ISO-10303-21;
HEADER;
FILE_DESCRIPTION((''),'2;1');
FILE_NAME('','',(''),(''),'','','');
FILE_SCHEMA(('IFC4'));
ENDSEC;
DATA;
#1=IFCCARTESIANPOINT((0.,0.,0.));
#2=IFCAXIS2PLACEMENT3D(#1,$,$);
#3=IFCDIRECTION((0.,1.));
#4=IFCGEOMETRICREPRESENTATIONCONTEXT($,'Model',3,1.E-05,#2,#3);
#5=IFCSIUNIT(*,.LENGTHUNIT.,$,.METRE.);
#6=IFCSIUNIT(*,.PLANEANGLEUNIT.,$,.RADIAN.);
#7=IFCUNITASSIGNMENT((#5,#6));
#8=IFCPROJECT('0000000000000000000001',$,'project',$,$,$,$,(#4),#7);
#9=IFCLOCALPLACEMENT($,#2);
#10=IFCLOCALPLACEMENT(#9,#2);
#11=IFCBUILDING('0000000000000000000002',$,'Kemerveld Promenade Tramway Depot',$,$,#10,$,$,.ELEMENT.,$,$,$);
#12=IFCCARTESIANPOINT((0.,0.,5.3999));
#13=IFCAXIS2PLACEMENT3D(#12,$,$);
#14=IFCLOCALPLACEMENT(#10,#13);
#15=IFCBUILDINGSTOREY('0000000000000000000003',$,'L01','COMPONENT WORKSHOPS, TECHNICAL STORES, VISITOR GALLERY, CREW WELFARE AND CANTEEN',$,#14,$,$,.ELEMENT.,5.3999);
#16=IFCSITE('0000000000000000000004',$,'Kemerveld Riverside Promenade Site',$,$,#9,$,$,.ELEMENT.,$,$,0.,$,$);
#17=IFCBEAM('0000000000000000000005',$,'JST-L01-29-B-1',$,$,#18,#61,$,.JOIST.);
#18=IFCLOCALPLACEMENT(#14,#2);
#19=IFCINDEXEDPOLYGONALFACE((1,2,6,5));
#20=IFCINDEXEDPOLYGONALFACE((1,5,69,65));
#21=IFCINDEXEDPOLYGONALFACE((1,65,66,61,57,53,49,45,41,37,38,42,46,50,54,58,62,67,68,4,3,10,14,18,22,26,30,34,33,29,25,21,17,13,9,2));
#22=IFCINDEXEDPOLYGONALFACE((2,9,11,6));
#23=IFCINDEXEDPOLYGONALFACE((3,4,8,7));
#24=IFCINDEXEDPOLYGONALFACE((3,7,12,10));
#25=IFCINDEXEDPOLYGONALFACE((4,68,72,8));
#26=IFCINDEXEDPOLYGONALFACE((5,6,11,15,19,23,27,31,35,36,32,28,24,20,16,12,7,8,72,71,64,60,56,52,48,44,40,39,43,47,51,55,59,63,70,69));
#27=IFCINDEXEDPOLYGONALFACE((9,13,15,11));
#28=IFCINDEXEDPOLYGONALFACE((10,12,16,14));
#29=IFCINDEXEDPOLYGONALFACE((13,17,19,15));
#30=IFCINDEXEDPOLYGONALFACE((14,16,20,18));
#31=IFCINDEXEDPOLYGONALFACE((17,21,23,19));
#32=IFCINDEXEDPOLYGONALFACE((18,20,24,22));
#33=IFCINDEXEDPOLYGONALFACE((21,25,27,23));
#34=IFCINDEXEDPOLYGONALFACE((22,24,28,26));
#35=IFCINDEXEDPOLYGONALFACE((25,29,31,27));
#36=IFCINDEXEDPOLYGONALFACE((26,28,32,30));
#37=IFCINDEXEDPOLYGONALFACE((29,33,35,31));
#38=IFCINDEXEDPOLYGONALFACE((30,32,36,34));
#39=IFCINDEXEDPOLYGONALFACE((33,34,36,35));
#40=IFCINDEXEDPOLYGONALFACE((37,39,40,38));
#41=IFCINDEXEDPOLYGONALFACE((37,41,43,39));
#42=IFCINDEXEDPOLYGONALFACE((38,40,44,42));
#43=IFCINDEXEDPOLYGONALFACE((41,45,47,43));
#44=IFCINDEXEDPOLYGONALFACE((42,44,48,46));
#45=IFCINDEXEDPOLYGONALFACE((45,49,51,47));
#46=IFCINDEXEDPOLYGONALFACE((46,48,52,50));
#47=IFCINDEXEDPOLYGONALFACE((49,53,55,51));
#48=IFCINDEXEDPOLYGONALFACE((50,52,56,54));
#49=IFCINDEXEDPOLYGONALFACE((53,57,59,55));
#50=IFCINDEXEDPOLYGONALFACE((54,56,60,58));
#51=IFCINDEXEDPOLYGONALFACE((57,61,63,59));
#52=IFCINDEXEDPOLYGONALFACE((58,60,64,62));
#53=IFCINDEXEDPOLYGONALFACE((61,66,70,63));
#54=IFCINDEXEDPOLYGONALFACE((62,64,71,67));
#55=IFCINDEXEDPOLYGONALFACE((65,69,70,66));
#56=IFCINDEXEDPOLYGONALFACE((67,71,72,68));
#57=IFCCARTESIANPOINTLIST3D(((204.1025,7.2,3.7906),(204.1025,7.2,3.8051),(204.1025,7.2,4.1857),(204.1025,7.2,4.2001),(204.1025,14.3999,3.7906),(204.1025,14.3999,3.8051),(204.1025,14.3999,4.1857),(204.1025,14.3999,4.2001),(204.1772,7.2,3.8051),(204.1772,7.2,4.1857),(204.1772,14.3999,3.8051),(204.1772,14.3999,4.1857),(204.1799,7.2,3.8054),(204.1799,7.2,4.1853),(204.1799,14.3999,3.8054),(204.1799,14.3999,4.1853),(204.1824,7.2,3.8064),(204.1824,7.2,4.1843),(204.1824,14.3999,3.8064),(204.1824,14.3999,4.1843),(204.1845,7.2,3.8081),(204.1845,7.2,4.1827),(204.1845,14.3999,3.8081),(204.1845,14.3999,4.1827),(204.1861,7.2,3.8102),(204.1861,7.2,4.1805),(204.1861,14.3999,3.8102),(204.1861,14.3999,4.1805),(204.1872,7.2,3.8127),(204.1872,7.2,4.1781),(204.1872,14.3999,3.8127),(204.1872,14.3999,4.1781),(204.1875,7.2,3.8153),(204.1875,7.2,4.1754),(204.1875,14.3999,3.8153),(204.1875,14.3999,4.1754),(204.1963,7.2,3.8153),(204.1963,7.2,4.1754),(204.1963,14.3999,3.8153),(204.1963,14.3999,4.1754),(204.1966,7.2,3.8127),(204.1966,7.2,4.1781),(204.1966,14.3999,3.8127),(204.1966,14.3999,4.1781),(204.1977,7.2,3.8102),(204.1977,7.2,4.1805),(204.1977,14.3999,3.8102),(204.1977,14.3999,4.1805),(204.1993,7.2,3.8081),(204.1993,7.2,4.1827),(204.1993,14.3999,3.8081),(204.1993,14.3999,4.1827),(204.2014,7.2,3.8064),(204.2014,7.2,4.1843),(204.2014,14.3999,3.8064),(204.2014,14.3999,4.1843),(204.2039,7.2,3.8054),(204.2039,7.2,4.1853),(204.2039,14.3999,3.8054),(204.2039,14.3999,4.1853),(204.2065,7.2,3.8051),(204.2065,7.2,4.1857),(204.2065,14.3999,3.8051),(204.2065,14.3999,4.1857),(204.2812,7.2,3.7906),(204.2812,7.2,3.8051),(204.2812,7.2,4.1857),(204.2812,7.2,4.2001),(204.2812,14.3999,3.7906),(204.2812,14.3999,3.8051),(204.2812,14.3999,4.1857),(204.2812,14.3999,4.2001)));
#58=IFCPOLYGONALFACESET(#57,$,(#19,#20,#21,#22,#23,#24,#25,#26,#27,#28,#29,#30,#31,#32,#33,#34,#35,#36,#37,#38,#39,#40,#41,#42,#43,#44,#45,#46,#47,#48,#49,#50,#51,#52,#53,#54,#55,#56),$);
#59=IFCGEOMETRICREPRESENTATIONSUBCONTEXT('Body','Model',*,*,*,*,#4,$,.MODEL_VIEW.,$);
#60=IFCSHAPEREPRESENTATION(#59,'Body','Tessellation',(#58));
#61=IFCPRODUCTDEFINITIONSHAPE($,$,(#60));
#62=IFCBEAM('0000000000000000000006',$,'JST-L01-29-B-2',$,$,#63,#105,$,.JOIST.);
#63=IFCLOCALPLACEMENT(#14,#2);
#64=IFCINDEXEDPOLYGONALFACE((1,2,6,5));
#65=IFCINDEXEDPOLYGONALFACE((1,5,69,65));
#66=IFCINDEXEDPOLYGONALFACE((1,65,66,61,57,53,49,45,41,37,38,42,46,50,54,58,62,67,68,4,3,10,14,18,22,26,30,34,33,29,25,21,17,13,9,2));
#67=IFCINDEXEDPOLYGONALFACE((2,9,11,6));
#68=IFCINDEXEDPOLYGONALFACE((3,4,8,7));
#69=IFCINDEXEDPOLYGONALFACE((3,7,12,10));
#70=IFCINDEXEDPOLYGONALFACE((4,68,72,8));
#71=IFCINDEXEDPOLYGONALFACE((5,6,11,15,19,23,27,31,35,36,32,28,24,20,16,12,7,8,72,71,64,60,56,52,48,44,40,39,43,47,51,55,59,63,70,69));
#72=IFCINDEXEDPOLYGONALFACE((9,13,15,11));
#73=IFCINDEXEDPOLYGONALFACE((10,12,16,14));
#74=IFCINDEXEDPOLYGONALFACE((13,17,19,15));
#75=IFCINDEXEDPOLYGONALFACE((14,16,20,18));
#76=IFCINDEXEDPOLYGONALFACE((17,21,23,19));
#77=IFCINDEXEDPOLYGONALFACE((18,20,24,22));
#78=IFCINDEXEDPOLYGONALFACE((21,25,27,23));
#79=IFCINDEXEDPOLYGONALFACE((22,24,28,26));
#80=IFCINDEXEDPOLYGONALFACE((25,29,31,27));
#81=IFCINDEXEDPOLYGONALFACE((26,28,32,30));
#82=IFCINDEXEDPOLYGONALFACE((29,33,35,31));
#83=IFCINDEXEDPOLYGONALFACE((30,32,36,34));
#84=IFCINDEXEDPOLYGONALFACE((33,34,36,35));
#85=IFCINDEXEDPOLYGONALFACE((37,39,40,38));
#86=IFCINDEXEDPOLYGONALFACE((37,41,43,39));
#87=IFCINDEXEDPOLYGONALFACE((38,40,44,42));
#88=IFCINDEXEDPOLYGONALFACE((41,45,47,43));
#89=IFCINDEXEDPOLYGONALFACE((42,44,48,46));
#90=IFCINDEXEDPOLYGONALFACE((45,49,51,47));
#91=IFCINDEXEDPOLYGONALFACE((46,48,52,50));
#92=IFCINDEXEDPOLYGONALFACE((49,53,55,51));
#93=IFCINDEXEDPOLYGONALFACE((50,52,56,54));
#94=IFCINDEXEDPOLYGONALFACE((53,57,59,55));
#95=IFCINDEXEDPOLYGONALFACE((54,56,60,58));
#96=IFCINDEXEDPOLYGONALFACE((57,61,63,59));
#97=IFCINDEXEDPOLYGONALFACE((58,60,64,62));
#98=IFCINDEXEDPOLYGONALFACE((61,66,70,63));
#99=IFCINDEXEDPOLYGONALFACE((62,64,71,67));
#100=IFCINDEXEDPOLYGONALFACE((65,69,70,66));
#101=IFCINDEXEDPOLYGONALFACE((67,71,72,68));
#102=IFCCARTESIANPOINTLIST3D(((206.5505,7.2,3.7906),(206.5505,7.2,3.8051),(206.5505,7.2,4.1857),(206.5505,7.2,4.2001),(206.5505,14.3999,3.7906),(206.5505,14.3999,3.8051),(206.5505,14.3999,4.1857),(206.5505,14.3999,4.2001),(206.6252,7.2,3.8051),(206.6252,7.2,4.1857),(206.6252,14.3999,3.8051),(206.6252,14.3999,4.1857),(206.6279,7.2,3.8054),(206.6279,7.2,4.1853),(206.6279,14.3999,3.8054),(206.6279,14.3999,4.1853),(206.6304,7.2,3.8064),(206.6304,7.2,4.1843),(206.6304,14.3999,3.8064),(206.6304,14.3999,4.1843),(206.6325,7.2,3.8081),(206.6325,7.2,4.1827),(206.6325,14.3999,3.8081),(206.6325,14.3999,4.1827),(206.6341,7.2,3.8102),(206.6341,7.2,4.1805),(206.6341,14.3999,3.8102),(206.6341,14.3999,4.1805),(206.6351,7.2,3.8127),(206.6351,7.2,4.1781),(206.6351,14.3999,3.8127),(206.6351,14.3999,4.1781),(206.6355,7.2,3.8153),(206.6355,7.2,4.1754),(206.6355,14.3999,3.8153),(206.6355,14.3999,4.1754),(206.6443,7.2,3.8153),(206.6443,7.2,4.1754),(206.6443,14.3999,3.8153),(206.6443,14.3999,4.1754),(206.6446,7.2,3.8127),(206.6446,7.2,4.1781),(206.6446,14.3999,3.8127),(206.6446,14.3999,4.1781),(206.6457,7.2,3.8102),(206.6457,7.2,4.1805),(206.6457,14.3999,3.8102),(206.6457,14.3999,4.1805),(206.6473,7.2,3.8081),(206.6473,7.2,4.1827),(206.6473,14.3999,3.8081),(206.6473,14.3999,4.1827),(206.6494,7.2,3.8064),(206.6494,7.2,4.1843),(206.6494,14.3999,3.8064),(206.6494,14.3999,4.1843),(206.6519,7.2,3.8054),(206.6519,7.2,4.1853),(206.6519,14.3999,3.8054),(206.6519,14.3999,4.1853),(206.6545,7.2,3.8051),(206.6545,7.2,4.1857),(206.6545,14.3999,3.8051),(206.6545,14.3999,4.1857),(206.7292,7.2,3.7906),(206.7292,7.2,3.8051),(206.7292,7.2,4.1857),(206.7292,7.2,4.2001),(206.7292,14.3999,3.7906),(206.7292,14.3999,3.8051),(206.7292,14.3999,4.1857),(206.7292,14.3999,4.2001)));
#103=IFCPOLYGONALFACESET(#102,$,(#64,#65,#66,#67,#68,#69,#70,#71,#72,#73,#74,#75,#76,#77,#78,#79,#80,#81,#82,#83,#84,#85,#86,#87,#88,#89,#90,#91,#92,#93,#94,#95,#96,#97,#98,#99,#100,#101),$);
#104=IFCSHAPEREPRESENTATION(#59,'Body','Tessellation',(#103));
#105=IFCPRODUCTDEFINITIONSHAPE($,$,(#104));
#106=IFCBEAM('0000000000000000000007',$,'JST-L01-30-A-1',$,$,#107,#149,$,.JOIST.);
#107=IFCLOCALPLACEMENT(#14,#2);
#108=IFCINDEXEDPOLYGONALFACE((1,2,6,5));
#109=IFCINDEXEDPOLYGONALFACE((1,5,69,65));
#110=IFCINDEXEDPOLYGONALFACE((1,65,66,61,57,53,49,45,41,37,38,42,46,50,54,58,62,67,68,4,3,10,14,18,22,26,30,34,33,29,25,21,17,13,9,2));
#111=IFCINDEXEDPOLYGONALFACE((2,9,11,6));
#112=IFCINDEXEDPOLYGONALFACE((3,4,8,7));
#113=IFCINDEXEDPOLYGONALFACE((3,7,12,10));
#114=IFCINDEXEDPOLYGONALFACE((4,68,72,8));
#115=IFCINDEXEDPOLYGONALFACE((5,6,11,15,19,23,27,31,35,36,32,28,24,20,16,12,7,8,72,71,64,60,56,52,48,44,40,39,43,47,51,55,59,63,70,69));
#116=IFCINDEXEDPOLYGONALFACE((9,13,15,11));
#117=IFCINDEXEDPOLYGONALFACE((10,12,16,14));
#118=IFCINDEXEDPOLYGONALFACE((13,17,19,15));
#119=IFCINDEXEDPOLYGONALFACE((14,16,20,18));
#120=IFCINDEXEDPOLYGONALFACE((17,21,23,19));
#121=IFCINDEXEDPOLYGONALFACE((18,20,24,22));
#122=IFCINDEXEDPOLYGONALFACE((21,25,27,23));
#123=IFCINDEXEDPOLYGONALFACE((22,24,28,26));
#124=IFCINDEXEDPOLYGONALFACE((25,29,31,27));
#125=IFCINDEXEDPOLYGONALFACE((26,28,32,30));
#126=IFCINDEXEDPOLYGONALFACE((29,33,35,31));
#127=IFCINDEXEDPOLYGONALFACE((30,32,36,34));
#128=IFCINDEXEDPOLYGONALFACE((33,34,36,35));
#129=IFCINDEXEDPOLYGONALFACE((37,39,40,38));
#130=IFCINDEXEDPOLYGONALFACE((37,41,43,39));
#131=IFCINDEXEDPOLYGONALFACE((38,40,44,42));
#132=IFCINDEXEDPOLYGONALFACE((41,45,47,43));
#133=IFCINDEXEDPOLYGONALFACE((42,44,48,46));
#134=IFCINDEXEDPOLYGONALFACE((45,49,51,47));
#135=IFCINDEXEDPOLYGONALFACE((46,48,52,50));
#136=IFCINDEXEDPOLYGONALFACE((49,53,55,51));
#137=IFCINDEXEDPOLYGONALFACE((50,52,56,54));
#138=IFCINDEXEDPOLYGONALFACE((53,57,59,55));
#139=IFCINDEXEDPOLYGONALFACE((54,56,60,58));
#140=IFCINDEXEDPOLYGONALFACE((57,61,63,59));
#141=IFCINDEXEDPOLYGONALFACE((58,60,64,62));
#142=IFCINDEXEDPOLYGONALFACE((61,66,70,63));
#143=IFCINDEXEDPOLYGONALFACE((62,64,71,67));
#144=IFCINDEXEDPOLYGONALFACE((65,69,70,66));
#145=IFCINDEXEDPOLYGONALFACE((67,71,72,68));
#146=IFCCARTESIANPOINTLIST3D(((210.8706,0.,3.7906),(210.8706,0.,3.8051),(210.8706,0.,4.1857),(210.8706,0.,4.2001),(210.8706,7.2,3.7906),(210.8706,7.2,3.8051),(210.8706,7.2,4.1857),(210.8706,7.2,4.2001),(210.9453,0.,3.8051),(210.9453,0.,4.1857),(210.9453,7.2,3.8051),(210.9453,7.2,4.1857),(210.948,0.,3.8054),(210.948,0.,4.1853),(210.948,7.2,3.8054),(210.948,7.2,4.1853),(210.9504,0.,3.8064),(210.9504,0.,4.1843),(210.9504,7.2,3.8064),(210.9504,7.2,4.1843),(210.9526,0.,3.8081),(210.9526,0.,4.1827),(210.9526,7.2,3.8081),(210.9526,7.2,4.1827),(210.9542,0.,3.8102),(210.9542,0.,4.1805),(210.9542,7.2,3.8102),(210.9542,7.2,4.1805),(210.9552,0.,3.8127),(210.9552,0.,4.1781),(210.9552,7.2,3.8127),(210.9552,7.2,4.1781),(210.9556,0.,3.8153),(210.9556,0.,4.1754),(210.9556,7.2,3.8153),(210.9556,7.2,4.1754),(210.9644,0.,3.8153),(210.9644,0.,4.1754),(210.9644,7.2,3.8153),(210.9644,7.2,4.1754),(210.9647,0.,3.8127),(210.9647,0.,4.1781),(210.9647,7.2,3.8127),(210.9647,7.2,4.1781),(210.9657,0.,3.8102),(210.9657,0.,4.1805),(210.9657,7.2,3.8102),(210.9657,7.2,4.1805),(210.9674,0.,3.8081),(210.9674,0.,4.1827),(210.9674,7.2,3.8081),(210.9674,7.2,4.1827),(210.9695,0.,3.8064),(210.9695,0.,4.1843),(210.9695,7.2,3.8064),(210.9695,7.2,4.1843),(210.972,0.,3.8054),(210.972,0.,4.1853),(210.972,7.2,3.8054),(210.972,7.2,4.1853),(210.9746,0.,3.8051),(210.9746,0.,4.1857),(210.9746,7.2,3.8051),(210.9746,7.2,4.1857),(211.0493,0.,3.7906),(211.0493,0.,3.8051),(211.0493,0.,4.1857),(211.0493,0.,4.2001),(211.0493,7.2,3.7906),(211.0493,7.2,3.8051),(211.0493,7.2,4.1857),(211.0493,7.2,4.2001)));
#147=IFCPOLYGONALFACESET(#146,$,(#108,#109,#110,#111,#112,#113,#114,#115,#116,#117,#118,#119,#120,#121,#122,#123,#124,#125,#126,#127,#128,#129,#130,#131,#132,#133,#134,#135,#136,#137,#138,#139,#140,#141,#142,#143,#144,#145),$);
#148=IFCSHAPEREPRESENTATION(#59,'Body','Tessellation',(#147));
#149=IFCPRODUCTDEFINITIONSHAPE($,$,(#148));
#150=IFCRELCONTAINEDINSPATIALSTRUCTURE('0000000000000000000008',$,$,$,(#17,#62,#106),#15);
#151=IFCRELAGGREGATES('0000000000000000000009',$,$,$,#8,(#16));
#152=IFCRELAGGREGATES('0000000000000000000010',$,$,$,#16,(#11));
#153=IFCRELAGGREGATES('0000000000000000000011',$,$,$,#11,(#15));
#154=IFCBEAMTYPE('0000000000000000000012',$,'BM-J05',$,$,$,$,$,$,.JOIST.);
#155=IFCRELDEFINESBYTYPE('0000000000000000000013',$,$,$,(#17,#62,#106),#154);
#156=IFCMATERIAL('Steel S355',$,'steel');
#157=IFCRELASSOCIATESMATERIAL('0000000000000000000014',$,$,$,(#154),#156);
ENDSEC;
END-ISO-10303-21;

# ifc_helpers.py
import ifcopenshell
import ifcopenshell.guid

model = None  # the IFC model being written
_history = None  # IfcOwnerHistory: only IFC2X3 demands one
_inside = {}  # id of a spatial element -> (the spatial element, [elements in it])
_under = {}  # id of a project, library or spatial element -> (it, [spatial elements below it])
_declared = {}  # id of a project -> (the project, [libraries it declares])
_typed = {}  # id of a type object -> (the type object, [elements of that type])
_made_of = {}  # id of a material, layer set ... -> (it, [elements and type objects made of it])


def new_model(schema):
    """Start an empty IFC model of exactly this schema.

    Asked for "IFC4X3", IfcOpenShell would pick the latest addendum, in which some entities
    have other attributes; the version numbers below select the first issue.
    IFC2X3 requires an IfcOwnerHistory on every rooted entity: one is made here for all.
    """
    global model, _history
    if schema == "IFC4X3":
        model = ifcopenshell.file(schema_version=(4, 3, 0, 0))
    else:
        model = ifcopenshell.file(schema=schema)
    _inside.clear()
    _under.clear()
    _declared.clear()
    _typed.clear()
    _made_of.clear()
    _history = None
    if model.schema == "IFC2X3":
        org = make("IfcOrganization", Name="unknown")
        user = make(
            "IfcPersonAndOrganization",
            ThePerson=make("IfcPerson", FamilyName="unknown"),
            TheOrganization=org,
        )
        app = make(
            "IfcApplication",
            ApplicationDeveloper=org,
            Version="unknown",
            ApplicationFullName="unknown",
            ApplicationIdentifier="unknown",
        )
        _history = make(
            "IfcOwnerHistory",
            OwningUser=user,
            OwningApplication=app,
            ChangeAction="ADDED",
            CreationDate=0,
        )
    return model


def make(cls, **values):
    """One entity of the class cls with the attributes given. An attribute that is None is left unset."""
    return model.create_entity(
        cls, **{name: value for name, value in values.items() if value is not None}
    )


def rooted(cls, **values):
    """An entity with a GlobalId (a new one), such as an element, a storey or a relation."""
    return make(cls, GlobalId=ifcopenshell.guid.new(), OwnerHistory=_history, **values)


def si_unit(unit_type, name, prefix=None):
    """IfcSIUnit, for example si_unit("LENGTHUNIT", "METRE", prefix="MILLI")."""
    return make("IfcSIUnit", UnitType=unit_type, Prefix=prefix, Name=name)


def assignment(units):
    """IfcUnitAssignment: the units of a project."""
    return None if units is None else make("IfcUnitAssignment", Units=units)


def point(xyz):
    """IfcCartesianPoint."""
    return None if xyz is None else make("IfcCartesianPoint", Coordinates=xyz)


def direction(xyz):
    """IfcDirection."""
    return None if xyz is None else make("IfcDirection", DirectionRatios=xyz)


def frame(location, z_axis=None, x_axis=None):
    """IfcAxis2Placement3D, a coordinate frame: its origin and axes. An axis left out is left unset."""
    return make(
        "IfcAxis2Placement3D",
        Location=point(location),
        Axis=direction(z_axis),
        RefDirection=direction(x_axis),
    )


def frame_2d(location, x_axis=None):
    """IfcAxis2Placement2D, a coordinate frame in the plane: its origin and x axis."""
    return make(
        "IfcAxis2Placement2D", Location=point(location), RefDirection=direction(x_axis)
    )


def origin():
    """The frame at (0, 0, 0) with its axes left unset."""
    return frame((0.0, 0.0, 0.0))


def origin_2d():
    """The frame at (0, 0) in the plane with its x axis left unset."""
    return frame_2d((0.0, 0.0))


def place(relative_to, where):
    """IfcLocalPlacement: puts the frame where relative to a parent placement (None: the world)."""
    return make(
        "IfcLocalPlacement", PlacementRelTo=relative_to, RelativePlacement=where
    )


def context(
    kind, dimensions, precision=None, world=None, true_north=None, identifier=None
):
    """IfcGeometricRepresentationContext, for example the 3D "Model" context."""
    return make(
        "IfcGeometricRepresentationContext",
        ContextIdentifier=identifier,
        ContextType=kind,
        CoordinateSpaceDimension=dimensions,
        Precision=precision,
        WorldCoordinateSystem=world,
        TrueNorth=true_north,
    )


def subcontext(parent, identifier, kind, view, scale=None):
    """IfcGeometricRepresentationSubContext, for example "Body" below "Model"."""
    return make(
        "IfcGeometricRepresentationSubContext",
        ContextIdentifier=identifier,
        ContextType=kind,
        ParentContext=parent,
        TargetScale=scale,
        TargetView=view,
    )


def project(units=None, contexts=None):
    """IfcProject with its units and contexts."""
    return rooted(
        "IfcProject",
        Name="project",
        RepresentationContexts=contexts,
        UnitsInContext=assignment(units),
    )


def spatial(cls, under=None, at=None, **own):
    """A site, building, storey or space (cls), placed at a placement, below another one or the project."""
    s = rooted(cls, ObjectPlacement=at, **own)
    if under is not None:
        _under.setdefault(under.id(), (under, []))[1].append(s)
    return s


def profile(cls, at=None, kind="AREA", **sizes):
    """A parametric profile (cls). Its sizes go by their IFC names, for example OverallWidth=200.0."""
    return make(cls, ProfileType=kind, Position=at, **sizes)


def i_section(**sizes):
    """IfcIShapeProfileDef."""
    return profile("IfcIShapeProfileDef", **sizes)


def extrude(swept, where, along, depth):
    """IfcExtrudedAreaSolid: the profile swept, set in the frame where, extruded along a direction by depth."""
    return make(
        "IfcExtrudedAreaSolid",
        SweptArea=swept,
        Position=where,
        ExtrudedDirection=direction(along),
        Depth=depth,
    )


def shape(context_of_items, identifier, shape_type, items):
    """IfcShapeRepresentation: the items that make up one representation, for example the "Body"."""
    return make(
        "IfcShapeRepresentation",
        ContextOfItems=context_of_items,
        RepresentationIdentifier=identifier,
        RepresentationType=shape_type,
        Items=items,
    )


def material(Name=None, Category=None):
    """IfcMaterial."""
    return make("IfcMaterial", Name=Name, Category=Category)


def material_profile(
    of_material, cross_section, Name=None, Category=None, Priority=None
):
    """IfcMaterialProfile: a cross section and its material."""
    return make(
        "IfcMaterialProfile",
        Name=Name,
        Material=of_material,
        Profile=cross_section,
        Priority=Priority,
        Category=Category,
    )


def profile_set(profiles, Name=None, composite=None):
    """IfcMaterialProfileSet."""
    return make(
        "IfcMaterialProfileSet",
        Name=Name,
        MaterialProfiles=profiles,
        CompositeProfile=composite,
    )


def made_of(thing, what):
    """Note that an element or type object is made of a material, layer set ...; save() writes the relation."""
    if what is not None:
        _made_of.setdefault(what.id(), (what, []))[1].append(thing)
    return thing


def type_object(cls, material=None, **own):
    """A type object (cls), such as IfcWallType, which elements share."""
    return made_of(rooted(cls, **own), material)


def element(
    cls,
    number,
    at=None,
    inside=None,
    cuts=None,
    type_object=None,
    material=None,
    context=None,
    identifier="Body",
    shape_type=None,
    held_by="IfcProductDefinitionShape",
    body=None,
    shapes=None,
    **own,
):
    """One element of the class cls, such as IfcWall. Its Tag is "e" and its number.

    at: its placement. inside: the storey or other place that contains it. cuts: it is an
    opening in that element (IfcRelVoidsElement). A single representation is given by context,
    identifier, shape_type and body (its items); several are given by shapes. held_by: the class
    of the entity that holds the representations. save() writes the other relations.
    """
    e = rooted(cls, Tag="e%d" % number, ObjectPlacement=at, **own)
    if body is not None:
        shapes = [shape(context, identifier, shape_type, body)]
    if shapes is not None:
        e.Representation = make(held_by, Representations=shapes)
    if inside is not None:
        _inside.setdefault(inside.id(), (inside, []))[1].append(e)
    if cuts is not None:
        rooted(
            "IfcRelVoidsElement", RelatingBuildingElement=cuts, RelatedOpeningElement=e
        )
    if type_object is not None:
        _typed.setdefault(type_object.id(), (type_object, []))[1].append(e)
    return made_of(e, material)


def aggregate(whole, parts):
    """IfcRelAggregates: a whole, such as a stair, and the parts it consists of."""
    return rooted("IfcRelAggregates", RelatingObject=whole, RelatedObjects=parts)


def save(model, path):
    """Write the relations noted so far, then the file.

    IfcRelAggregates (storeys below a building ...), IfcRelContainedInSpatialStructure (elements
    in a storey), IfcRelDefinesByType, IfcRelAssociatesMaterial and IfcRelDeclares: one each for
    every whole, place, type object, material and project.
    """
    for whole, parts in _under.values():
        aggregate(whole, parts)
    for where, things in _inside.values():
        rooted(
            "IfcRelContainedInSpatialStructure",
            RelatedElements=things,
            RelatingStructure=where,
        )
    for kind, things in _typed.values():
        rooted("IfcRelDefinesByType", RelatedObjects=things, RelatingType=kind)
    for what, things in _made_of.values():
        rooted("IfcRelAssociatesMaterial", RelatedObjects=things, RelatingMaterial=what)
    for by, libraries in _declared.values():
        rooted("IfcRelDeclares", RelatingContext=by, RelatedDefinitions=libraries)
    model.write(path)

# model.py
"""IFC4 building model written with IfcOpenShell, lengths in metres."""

from ifc_helpers import new_model, si_unit, direction, frame, origin, origin_2d, place, context, subcontext, project, spatial, i_section, extrude, material, material_profile, profile_set, type_object, element, save


model = new_model("IFC4")

# Units and contexts
model_context = context("Model", 3, precision=1e-05, world=origin(), true_north=direction((0.0, 1.0)))
body_context = subcontext(model_context, "Body", "Model", "MODEL_VIEW")
ifc_project = project(units=[si_unit("LENGTHUNIT", "METRE"), si_unit("PLANEANGLEUNIT", "RADIAN")], contexts=[model_context])

# Site, building, storey
site_placement = place(None, origin())
site = spatial("IfcSite", under=ifc_project, at=site_placement, Name="Kemerveld Riverside Promenade Site", CompositionType="ELEMENT", RefElevation=0.0)
building_placement = place(site_placement, origin())
building = spatial("IfcBuilding", under=site, at=building_placement, Name="Kemerveld Promenade Tramway Depot", CompositionType="ELEMENT")
storey_placement = place(building_placement, frame((0.0, 0.0, 5.3999)))
storey = spatial("IfcBuildingStorey", under=building, at=storey_placement, Name="L01", Description="COMPONENT WORKSHOPS, TECHNICAL STORES, VISITOR GALLERY, CREW WELFARE AND CANTEEN", CompositionType="ELEMENT", Elevation=5.3999)

# Shared definitions
ifc_material_1 = material(Name="Steel S355", Category="steel")

# Beams
ifc_material_profile_1 = material_profile(ifc_material_1, i_section(OverallWidth=0.1787, OverallDepth=0.4094, WebThickness=0.0088, FlangeThickness=0.0144, FilletRadius=0.0103, at=origin_2d()), Name="406x178x67 UB")
ifc_profile_set_1 = profile_set([ifc_material_profile_1], Name="Steel S355")
beam_type_1 = type_object("IfcBeamType", Name="BM-J05", PredefinedType="JOIST", material=ifc_profile_set_1)
for number, where, z_axis, x_axis, name in (
    (1, (204.1919, 7.2, 3.9954), (0.0, 1.0, 0.0), (-1.0, 0.0, 0.0), "JST-L01-29-B-1"),
    (2, (206.6399, 7.2, 3.9954), (0.0, 1.0, 0.0), (-1.0, 0.0, 0.0), "JST-L01-29-B-2"),
    (3, (210.96, 0.0, 3.9954), (0.0, 1.0, 0.0), (-1.0, 0.0, 0.0), "JST-L01-30-A-1"),
):
    element("IfcBeam", number, at=place(storey_placement, frame(where, z_axis=z_axis, x_axis=x_axis)), inside=storey, type_object=beam_type_1, Name=name, PredefinedType="JOIST", context=body_context, shape_type="SweptSolid", body=[
        extrude(i_section(OverallWidth=0.1787, OverallDepth=0.4094, WebThickness=0.0088, FlangeThickness=0.0144, FilletRadius=0.0103, at=origin_2d()), origin(), (0.0, 0.0, 1.0), 7.2),
    ])

save(model, "model.ifc")
